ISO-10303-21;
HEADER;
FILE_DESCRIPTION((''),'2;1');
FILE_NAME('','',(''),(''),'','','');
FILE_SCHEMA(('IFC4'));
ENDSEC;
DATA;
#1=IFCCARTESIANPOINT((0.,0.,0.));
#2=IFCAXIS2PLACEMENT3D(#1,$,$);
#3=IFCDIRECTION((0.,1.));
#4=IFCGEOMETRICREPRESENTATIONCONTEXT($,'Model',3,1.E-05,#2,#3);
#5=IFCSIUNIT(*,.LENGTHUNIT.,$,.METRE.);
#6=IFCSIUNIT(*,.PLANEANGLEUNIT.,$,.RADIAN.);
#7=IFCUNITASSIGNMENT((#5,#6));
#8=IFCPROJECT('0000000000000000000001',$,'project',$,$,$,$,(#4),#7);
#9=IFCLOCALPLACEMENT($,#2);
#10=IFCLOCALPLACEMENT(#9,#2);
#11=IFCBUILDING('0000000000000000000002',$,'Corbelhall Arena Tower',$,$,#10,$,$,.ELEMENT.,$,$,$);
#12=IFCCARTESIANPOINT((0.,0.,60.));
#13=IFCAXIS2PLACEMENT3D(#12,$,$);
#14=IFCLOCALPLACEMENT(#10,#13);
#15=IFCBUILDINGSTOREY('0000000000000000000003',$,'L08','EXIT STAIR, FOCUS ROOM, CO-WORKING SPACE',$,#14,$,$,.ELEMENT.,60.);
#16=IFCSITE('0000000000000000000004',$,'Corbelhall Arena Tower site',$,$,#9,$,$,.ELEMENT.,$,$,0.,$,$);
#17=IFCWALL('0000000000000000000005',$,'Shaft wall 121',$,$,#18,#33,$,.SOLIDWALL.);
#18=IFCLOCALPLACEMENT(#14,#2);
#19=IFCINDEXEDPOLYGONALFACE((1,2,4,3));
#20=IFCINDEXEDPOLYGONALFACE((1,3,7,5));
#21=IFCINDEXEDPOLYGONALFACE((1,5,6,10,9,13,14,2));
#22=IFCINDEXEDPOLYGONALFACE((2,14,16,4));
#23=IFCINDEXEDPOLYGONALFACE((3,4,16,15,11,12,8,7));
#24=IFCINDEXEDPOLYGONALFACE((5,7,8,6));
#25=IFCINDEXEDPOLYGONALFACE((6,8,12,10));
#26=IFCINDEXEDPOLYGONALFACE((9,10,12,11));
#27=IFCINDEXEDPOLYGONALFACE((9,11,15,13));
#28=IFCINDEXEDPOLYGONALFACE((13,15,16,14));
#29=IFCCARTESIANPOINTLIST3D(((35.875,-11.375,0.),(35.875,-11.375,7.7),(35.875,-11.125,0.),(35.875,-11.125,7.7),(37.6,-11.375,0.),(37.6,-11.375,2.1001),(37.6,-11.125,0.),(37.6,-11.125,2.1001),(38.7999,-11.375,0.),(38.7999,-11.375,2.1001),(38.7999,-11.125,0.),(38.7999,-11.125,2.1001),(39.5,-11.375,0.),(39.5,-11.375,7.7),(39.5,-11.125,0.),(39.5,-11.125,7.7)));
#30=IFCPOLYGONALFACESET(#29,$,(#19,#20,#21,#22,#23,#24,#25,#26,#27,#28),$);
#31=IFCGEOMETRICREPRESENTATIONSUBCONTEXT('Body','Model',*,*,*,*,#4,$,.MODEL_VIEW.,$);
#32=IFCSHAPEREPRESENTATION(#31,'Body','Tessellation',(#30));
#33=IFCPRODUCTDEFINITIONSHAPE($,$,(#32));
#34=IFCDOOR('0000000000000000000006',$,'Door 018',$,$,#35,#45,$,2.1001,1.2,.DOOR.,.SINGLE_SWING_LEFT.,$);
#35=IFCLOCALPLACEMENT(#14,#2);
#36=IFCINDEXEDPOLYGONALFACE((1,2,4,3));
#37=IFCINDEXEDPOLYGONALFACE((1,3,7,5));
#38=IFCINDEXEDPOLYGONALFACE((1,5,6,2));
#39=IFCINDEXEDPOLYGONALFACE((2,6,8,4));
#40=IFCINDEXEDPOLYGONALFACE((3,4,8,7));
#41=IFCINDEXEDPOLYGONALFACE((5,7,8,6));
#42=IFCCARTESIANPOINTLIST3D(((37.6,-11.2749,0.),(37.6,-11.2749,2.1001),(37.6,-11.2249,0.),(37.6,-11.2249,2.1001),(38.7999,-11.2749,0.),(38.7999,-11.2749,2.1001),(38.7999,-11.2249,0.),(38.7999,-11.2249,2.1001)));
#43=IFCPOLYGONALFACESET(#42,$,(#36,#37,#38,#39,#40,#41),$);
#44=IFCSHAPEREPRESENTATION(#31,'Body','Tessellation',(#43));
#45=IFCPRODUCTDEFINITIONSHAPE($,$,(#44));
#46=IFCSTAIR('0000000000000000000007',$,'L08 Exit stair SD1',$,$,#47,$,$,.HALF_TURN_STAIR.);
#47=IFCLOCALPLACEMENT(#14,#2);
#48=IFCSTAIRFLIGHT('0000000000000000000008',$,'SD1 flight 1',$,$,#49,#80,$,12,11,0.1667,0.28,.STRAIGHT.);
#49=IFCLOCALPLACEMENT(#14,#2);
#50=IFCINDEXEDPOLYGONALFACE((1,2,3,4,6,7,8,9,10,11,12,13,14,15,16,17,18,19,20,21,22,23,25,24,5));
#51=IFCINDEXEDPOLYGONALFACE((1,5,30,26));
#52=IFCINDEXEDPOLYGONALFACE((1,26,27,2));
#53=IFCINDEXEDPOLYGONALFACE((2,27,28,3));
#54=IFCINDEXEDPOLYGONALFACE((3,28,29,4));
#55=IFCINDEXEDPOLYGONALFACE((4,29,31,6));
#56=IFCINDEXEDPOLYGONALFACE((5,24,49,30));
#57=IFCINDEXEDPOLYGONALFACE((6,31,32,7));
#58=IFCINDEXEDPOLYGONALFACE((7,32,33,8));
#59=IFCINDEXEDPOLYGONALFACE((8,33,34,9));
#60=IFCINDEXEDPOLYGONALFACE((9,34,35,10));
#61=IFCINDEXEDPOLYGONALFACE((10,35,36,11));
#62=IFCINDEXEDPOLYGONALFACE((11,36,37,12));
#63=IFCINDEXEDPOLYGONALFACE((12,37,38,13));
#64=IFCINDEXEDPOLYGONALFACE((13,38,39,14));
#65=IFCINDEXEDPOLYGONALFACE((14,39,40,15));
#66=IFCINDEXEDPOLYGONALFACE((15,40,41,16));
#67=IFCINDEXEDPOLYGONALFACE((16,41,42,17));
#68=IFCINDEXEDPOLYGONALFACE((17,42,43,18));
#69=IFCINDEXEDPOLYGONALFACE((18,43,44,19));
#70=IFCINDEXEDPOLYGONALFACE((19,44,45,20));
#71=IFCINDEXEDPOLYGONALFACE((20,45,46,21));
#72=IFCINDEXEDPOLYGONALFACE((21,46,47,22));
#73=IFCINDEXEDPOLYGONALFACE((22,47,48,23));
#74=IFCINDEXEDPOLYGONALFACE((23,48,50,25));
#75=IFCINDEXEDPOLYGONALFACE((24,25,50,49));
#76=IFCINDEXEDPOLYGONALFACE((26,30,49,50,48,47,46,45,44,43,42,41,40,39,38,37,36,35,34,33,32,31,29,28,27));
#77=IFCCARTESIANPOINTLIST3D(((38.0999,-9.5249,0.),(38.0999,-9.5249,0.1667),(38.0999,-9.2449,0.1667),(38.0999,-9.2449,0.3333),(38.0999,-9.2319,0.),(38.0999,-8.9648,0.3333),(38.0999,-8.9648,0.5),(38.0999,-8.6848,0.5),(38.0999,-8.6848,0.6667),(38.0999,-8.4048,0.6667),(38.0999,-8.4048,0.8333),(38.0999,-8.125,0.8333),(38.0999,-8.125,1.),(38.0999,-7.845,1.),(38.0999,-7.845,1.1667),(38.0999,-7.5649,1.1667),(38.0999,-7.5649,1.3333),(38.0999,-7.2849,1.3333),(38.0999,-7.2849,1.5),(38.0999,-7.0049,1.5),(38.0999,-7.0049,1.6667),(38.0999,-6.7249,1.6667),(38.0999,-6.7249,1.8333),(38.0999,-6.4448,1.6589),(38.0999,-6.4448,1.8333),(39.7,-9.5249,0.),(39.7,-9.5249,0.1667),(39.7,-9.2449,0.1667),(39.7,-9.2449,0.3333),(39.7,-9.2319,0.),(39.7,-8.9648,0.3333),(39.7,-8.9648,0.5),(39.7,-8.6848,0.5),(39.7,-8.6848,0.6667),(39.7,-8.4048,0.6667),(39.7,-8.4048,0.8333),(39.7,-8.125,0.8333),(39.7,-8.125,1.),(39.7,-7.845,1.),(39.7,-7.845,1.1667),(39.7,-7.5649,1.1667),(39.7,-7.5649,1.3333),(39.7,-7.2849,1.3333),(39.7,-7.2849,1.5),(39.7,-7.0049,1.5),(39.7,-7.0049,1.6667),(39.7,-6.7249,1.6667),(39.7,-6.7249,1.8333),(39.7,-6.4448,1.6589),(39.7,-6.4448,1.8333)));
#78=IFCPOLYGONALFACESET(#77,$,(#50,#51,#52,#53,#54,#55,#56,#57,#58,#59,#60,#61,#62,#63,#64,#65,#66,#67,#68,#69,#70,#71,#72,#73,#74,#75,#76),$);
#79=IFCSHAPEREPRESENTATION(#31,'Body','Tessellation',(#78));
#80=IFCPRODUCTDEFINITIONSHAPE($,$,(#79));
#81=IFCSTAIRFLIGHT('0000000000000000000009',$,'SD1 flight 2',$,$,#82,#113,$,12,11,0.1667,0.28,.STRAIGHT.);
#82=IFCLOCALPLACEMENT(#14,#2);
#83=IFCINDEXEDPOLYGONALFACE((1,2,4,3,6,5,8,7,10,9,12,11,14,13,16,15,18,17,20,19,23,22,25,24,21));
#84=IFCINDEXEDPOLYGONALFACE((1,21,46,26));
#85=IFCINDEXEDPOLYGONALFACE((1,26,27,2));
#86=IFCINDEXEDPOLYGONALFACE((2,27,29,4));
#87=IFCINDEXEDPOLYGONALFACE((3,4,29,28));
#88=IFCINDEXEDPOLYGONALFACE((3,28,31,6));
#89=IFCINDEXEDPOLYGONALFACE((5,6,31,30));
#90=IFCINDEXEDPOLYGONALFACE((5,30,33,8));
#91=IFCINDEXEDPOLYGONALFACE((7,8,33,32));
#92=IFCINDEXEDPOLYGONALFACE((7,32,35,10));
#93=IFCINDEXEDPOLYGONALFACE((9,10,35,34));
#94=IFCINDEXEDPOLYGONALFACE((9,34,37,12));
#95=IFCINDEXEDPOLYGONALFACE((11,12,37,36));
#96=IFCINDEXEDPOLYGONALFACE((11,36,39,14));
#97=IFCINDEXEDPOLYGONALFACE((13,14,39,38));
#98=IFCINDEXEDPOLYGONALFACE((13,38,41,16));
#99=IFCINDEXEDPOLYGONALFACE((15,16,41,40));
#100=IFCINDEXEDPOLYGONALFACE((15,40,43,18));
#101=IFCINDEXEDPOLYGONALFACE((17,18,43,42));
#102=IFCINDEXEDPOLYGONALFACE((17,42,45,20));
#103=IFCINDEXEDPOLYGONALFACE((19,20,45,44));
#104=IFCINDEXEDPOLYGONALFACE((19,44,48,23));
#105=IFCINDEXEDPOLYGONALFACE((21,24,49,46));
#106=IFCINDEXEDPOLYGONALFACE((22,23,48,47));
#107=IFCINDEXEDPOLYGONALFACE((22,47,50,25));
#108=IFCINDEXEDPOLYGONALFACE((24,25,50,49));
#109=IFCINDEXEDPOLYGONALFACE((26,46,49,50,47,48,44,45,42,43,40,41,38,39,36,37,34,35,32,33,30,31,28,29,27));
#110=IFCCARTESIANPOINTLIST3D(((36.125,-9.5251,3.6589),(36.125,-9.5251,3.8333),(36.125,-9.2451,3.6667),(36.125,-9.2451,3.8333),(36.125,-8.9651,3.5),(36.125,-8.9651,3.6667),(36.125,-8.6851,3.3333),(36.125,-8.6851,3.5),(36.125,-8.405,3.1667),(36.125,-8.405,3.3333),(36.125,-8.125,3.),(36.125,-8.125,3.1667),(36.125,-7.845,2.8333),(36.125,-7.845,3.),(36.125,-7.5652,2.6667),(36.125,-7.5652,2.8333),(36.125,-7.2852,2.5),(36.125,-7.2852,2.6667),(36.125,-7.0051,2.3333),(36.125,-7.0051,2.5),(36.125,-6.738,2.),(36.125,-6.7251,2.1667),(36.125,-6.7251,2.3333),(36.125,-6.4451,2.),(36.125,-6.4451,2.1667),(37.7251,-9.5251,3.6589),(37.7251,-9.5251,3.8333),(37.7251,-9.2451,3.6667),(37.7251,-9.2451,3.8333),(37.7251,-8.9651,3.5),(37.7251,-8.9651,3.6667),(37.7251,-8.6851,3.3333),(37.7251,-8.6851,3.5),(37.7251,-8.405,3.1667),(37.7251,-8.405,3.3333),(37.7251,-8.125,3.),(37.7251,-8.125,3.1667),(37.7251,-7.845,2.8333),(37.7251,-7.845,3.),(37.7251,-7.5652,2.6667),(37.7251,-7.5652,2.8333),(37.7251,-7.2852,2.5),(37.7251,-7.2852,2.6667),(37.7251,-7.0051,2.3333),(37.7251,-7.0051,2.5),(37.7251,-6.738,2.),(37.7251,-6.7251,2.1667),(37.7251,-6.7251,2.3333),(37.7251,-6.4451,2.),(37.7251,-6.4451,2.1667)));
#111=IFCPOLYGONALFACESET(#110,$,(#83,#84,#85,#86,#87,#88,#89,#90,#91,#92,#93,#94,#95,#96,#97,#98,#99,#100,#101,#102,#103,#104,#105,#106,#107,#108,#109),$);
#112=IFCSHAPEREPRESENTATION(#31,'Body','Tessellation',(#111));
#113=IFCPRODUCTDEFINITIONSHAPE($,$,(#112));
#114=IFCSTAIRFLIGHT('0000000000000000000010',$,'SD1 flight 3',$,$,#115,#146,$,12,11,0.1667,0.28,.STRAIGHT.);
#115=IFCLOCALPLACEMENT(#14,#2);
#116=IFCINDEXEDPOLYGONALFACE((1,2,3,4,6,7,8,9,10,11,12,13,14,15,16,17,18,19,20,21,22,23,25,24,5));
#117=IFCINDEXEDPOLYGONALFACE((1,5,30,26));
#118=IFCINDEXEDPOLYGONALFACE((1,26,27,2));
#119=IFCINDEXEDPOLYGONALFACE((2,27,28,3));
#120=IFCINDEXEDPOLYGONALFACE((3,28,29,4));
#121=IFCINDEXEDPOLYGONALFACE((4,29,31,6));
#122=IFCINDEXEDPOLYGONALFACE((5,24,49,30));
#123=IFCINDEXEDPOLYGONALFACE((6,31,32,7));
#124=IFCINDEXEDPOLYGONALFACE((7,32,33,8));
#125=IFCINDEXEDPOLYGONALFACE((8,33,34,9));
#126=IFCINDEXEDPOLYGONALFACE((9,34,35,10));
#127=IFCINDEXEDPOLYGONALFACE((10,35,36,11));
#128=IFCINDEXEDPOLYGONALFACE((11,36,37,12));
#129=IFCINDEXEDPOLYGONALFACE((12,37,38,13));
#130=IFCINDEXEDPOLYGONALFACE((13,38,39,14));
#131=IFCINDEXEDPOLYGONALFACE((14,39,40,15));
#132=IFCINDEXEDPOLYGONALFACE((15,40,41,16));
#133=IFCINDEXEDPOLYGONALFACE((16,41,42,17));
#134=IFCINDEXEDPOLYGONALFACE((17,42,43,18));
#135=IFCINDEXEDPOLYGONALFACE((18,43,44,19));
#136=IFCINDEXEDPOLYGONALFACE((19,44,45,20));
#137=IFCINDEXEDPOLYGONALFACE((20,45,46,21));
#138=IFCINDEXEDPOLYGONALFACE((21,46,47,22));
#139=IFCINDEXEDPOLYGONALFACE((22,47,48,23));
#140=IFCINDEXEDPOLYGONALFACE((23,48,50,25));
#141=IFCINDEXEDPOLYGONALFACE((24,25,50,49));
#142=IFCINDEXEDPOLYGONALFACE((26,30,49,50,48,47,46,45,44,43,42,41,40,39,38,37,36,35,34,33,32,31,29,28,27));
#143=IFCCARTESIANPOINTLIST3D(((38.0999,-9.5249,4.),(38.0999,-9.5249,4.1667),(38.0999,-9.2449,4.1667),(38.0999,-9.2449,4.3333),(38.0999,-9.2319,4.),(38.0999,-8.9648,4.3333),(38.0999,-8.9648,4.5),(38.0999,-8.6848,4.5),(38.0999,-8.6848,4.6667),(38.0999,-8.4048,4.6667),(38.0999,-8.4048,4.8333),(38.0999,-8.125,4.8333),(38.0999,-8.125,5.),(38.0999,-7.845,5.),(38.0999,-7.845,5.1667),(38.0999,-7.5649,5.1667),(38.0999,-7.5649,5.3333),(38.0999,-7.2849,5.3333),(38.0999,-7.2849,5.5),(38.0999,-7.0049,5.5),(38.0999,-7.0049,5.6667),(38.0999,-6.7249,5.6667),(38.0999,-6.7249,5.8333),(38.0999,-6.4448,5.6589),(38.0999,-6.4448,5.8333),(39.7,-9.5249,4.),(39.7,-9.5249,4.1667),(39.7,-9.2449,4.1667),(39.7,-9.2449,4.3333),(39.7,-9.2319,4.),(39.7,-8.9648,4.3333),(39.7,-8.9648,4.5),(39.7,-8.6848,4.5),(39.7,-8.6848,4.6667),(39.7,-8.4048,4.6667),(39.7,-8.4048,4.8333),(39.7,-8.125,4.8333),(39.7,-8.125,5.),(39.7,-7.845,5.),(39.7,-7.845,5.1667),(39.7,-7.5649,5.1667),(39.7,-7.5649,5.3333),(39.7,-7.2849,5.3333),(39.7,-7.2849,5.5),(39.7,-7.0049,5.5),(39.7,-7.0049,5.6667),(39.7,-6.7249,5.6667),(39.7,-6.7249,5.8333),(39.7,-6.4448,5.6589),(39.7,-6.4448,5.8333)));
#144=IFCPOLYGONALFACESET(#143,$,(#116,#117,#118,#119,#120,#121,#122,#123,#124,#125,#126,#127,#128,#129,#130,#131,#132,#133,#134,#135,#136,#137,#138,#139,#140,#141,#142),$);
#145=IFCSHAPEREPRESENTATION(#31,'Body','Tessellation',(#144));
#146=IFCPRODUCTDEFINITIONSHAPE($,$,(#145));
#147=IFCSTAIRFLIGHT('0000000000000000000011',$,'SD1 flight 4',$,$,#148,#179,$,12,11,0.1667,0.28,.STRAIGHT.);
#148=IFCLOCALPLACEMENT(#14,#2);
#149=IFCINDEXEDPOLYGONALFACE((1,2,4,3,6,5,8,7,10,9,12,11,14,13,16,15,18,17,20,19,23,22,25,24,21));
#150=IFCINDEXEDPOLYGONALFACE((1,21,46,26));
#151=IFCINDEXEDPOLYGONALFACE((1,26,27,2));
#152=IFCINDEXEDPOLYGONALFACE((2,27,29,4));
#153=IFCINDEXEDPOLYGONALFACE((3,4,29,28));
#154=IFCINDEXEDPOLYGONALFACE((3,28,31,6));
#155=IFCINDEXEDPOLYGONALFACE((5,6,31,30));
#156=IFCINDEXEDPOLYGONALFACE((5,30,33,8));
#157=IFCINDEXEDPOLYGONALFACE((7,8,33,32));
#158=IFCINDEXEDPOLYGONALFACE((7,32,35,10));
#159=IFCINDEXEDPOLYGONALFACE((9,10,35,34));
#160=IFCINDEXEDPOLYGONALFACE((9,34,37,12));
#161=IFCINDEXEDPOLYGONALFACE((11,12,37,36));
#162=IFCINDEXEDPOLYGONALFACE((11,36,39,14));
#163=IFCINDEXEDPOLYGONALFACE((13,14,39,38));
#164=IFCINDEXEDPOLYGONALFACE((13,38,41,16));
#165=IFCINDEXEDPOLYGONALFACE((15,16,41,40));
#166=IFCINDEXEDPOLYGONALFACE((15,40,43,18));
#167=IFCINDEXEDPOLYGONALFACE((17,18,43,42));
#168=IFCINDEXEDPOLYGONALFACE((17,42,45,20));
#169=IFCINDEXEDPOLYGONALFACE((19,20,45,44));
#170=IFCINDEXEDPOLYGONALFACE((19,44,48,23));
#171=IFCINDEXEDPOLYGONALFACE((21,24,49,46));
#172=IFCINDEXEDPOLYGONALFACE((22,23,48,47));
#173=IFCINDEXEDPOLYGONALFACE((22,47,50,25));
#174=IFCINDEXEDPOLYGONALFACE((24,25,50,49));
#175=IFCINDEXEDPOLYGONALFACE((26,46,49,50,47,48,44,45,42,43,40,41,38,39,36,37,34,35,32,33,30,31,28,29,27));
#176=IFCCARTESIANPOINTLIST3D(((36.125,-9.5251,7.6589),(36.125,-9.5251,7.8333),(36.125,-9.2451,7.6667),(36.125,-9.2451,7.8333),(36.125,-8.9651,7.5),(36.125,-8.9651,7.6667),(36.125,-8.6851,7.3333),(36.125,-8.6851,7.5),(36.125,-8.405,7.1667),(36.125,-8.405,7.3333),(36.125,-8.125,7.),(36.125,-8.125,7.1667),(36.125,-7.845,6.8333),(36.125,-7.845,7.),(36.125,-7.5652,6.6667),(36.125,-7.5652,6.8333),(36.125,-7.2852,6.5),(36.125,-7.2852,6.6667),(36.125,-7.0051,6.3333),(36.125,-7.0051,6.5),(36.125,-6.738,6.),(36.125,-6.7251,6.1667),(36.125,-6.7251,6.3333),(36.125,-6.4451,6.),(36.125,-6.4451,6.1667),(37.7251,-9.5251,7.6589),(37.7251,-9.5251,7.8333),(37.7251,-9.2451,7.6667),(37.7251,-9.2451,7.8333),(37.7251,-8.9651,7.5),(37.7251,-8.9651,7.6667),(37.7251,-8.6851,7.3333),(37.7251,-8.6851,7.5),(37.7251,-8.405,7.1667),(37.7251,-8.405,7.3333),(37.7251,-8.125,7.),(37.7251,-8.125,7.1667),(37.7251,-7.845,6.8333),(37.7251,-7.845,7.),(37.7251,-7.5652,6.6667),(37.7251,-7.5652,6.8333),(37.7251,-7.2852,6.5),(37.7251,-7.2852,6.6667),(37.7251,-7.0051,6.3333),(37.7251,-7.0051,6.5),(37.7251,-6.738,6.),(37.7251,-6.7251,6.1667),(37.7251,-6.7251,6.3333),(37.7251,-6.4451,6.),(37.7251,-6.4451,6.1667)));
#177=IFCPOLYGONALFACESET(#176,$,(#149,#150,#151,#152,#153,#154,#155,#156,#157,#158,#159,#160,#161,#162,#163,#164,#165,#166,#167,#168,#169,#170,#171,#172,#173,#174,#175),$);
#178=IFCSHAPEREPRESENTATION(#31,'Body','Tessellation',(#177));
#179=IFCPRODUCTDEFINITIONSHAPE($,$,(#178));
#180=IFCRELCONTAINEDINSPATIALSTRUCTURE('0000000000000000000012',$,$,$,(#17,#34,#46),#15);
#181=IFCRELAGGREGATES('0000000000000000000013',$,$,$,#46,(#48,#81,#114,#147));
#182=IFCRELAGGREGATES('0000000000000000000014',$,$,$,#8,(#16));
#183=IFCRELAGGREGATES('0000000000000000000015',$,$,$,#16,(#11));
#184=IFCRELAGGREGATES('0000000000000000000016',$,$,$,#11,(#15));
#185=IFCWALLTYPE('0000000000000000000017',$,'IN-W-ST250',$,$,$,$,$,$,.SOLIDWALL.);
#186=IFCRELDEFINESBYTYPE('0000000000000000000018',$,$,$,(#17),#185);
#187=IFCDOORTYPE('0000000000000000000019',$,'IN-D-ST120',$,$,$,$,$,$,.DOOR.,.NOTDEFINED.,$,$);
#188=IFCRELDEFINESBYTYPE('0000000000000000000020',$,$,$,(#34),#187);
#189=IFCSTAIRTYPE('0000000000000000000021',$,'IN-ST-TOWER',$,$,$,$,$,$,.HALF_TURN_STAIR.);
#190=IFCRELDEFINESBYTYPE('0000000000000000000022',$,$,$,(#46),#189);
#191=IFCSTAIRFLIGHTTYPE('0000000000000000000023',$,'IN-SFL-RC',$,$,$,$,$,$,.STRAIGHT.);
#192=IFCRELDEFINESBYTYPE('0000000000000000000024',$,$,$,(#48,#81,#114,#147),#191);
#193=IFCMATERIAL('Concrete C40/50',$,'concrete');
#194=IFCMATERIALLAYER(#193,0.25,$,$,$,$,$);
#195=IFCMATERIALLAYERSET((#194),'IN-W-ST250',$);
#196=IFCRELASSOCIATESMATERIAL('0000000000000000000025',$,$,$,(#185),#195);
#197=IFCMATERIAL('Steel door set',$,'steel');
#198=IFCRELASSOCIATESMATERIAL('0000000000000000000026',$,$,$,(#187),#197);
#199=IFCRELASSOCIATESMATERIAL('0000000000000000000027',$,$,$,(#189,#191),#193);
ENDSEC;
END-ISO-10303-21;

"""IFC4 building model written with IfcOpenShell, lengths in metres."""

from ifc_helpers import new_model, si_unit, direction, frame, frame_2d, origin, place, context, subcontext, project, spatial, polyline, rectangle, outline, extrude, material, layer, layer_set, type_object, element, fill, aggregate, save


model = new_model("IFC4")

# Units and contexts
model_context = context("Model", 3, precision=1e-05, world=origin(), true_north=direction((0.0, 1.0)))
body_context = subcontext(model_context, "Body", "Model", "MODEL_VIEW")
ifc_project = project(units=[si_unit("LENGTHUNIT", "METRE"), si_unit("PLANEANGLEUNIT", "RADIAN")], contexts=[model_context])

# Site, building, storey
site_placement = place(None, origin())
site = spatial("IfcSite", under=ifc_project, at=site_placement, Name="Corbelhall Arena Tower site", CompositionType="ELEMENT", RefElevation=0.0)
building_placement = place(site_placement, origin())
building = spatial("IfcBuilding", under=site, at=building_placement, Name="Corbelhall Arena Tower", CompositionType="ELEMENT")
storey_placement = place(building_placement, frame((0.0, 0.0, 60.0)))
storey = spatial("IfcBuildingStorey", under=building, at=storey_placement, Name="L08", Description="EXIT STAIR, FOCUS ROOM, CO-WORKING SPACE", CompositionType="ELEMENT", Elevation=60.0)

# Shared definitions
ifc_material_1 = material(Name="Steel door set", Category="steel")

# Shared definitions
ifc_material_2 = material(Name="Concrete C40/50", Category="concrete")
ifc_layer_1 = layer(ifc_material_2, 0.25)
ifc_layer_set_1 = layer_set([ifc_layer_1], Name="IN-W-ST250")
wall_type_1 = type_object("IfcWallType", Name="IN-W-ST250", PredefinedType="SOLIDWALL", material=ifc_layer_set_1)

# Wall, opening, door
wall_1_placement = place(storey_placement, frame((39.5, -11.25, 0.0), z_axis=(0.0, 0.0, 1.0), x_axis=(-1.0, 0.0, 0.0)))
wall_1 = element("IfcWall", 1, at=wall_1_placement, inside=storey, type_object=wall_type_1, Name="Shaft wall 121", PredefinedType="SOLIDWALL", context=body_context, shape_type="SweptSolid", body=[
    extrude(rectangle(XDim=3.625, YDim=0.25, at=frame_2d((1.8125, 0.0))), origin(), (0.0, 0.0, 1.0), 7.7),
])
opening_1_placement = place(wall_1_placement, frame((0.7, 0.0, 0.0)))
opening_1 = element("IfcOpeningElement", 2, at=opening_1_placement, cuts=wall_1, PredefinedType="OPENING", context=body_context, shape_type="SweptSolid", body=[
    extrude(rectangle(XDim=1.2, YDim=2.1001, at=frame_2d((0.6001, 1.05))), frame((0.0, 0.125, 0.0), z_axis=(0.0, -1.0, 0.0), x_axis=(1.0, 0.0, 0.0)), (0.0, 0.0, 1.0), 0.25),
])
door_type_1 = type_object("IfcDoorType", Name="IN-D-ST120", OperationType="NOTDEFINED", PredefinedType="DOOR", material=ifc_material_1)
door_1_placement = place(opening_1_placement, origin())
door_1 = element("IfcDoor", 3, at=door_1_placement, inside=storey, type_object=door_type_1, Name="Door 018", OperationType="SINGLE_SWING_LEFT", OverallHeight=2.1001, OverallWidth=1.2, PredefinedType="DOOR", context=body_context, shape_type="SweptSolid", body=[
    extrude(rectangle(XDim=1.2, YDim=2.1001, at=frame_2d((0.6001, 1.05))), frame((0.0, 0.0249, 0.0), z_axis=(0.0, -1.0, 0.0), x_axis=(1.0, 0.0, 0.0)), (0.0, 0.0, 1.0), 0.05),
])
fill(opening_1, door_1)

# Stair, stair flights
stair_type = type_object("IfcStairType", Name="IN-ST-TOWER", PredefinedType="HALF_TURN_STAIR", material=ifc_material_2)
stair_placement = place(storey_placement, origin())
stair = element("IfcStair", 4, at=stair_placement, inside=storey, type_object=stair_type, Name="L08 Exit stair SD1", PredefinedType="HALF_TURN_STAIR")
stair_flight_type = type_object("IfcStairFlightType", Name="IN-SFL-RC", PredefinedType="STRAIGHT", material=ifc_material_2)
stair_flight_1_placement = place(storey_placement, frame((38.8999, -9.5249, 0.0), z_axis=(0.0, 0.0, 1.0), x_axis=(0.0, 1.0, 0.0)))
stair_flight_1 = element("IfcStairFlight", 5, at=stair_flight_1_placement, type_object=stair_flight_type, Name="SD1 flight 1", NumberOfRisers=12, NumberOfTreads=11, PredefinedType="STRAIGHT", RiserHeight=0.1667, TreadLength=0.28, context=body_context, shape_type="SweptSolid", body=[
    extrude(outline(polyline([(0.0, 0.0), (0.0, 0.1667), (0.28, 0.1667), (0.28, 0.3333), (0.5601, 0.3333), (0.5601, 0.5), (0.8401, 0.5), (0.8401, 0.6667), (1.1201, 0.6667), (1.1201, 0.8333), (1.3999, 0.8333), (1.3999, 1.0), (1.6799, 1.0), (1.6799, 1.1667), (1.96, 1.1667), (1.96, 1.3333), (2.24, 1.3333), (2.24, 1.5), (2.52, 1.5), (2.52, 1.6667), (2.8, 1.6667), (2.8, 1.8333), (3.0801, 1.8333), (3.0801, 2.0), (3.0801, 1.6589), (0.293, 0.0), (0.0, 0.0)])), frame((0.0, 0.8, 0.0), z_axis=(0.0, -1.0, 0.0), x_axis=(1.0, 0.0, 0.0)), (0.0, 0.0, 1.0), 1.6001),
])
stair_flight_2_placement = place(storey_placement, frame((36.925, -6.4451, 2.0), z_axis=(0.0, 0.0, 1.0), x_axis=(0.0, -1.0, 0.0)))
stair_flight_2 = element("IfcStairFlight", 6, at=stair_flight_2_placement, type_object=stair_flight_type, Name="SD1 flight 2", NumberOfRisers=12, NumberOfTreads=11, PredefinedType="STRAIGHT", RiserHeight=0.1667, TreadLength=0.28, context=body_context, shape_type="SweptSolid", body=[
    extrude(outline(polyline([(0.0, 0.0), (0.0, 0.1667), (0.28, 0.1667), (0.28, 0.3333), (0.5601, 0.3333), (0.5601, 0.5), (0.8401, 0.5), (0.8401, 0.6667), (1.1201, 0.6667), (1.1201, 0.8333), (1.3999, 0.8333), (1.3999, 1.0), (1.6799, 1.0), (1.6799, 1.1667), (1.96, 1.1667), (1.96, 1.3333), (2.24, 1.3333), (2.24, 1.5), (2.52, 1.5), (2.52, 1.6667), (2.8, 1.6667), (2.8, 1.8333), (3.0801, 1.8333), (3.0801, 2.0), (3.0801, 1.6589), (0.293, 0.0), (0.0, 0.0)])), frame((0.0, 0.8, 0.0), z_axis=(0.0, -1.0, 0.0), x_axis=(1.0, 0.0, 0.0)), (0.0, 0.0, 1.0), 1.6001),
])
stair_flight_3_placement = place(storey_placement, frame((38.8999, -9.5249, 4.0), z_axis=(0.0, 0.0, 1.0), x_axis=(0.0, 1.0, 0.0)))
stair_flight_3 = element("IfcStairFlight", 7, at=stair_flight_3_placement, type_object=stair_flight_type, Name="SD1 flight 3", NumberOfRisers=12, NumberOfTreads=11, PredefinedType="STRAIGHT", RiserHeight=0.1667, TreadLength=0.28, context=body_context, shape_type="SweptSolid", body=[
    extrude(outline(polyline([(0.0, 0.0), (0.0, 0.1667), (0.28, 0.1667), (0.28, 0.3333), (0.5601, 0.3333), (0.5601, 0.5), (0.8401, 0.5), (0.8401, 0.6667), (1.1201, 0.6667), (1.1201, 0.8333), (1.3999, 0.8333), (1.3999, 1.0), (1.6799, 1.0), (1.6799, 1.1667), (1.96, 1.1667), (1.96, 1.3333), (2.24, 1.3333), (2.24, 1.5), (2.52, 1.5), (2.52, 1.6667), (2.8, 1.6667), (2.8, 1.8333), (3.0801, 1.8333), (3.0801, 2.0), (3.0801, 1.6589), (0.293, 0.0), (0.0, 0.0)])), frame((0.0, 0.8, 0.0), z_axis=(0.0, -1.0, 0.0), x_axis=(1.0, 0.0, 0.0)), (0.0, 0.0, 1.0), 1.6001),
])
stair_flight_4_placement = place(storey_placement, frame((36.925, -6.4451, 6.0), z_axis=(0.0, 0.0, 1.0), x_axis=(0.0, -1.0, 0.0)))
stair_flight_4 = element("IfcStairFlight", 8, at=stair_flight_4_placement, type_object=stair_flight_type, Name="SD1 flight 4", NumberOfRisers=12, NumberOfTreads=11, PredefinedType="STRAIGHT", RiserHeight=0.1667, TreadLength=0.28, context=body_context, shape_type="SweptSolid", body=[
    extrude(outline(polyline([(0.0, 0.0), (0.0, 0.1667), (0.28, 0.1667), (0.28, 0.3333), (0.5601, 0.3333), (0.5601, 0.5), (0.8401, 0.5), (0.8401, 0.6667), (1.1201, 0.6667), (1.1201, 0.8333), (1.3999, 0.8333), (1.3999, 1.0), (1.6799, 1.0), (1.6799, 1.1667), (1.96, 1.1667), (1.96, 1.3333), (2.24, 1.3333), (2.24, 1.5), (2.52, 1.5), (2.52, 1.6667), (2.8, 1.6667), (2.8, 1.8333), (3.0801, 1.8333), (3.0801, 2.0), (3.0801, 1.6589), (0.293, 0.0), (0.0, 0.0)])), frame((0.0, 0.8, 0.0), z_axis=(0.0, -1.0, 0.0), x_axis=(1.0, 0.0, 0.0)), (0.0, 0.0, 1.0), 1.6001),
])
aggregate(stair, [stair_flight_1, stair_flight_2, stair_flight_3, stair_flight_4])

save(model, "model.ifc")
